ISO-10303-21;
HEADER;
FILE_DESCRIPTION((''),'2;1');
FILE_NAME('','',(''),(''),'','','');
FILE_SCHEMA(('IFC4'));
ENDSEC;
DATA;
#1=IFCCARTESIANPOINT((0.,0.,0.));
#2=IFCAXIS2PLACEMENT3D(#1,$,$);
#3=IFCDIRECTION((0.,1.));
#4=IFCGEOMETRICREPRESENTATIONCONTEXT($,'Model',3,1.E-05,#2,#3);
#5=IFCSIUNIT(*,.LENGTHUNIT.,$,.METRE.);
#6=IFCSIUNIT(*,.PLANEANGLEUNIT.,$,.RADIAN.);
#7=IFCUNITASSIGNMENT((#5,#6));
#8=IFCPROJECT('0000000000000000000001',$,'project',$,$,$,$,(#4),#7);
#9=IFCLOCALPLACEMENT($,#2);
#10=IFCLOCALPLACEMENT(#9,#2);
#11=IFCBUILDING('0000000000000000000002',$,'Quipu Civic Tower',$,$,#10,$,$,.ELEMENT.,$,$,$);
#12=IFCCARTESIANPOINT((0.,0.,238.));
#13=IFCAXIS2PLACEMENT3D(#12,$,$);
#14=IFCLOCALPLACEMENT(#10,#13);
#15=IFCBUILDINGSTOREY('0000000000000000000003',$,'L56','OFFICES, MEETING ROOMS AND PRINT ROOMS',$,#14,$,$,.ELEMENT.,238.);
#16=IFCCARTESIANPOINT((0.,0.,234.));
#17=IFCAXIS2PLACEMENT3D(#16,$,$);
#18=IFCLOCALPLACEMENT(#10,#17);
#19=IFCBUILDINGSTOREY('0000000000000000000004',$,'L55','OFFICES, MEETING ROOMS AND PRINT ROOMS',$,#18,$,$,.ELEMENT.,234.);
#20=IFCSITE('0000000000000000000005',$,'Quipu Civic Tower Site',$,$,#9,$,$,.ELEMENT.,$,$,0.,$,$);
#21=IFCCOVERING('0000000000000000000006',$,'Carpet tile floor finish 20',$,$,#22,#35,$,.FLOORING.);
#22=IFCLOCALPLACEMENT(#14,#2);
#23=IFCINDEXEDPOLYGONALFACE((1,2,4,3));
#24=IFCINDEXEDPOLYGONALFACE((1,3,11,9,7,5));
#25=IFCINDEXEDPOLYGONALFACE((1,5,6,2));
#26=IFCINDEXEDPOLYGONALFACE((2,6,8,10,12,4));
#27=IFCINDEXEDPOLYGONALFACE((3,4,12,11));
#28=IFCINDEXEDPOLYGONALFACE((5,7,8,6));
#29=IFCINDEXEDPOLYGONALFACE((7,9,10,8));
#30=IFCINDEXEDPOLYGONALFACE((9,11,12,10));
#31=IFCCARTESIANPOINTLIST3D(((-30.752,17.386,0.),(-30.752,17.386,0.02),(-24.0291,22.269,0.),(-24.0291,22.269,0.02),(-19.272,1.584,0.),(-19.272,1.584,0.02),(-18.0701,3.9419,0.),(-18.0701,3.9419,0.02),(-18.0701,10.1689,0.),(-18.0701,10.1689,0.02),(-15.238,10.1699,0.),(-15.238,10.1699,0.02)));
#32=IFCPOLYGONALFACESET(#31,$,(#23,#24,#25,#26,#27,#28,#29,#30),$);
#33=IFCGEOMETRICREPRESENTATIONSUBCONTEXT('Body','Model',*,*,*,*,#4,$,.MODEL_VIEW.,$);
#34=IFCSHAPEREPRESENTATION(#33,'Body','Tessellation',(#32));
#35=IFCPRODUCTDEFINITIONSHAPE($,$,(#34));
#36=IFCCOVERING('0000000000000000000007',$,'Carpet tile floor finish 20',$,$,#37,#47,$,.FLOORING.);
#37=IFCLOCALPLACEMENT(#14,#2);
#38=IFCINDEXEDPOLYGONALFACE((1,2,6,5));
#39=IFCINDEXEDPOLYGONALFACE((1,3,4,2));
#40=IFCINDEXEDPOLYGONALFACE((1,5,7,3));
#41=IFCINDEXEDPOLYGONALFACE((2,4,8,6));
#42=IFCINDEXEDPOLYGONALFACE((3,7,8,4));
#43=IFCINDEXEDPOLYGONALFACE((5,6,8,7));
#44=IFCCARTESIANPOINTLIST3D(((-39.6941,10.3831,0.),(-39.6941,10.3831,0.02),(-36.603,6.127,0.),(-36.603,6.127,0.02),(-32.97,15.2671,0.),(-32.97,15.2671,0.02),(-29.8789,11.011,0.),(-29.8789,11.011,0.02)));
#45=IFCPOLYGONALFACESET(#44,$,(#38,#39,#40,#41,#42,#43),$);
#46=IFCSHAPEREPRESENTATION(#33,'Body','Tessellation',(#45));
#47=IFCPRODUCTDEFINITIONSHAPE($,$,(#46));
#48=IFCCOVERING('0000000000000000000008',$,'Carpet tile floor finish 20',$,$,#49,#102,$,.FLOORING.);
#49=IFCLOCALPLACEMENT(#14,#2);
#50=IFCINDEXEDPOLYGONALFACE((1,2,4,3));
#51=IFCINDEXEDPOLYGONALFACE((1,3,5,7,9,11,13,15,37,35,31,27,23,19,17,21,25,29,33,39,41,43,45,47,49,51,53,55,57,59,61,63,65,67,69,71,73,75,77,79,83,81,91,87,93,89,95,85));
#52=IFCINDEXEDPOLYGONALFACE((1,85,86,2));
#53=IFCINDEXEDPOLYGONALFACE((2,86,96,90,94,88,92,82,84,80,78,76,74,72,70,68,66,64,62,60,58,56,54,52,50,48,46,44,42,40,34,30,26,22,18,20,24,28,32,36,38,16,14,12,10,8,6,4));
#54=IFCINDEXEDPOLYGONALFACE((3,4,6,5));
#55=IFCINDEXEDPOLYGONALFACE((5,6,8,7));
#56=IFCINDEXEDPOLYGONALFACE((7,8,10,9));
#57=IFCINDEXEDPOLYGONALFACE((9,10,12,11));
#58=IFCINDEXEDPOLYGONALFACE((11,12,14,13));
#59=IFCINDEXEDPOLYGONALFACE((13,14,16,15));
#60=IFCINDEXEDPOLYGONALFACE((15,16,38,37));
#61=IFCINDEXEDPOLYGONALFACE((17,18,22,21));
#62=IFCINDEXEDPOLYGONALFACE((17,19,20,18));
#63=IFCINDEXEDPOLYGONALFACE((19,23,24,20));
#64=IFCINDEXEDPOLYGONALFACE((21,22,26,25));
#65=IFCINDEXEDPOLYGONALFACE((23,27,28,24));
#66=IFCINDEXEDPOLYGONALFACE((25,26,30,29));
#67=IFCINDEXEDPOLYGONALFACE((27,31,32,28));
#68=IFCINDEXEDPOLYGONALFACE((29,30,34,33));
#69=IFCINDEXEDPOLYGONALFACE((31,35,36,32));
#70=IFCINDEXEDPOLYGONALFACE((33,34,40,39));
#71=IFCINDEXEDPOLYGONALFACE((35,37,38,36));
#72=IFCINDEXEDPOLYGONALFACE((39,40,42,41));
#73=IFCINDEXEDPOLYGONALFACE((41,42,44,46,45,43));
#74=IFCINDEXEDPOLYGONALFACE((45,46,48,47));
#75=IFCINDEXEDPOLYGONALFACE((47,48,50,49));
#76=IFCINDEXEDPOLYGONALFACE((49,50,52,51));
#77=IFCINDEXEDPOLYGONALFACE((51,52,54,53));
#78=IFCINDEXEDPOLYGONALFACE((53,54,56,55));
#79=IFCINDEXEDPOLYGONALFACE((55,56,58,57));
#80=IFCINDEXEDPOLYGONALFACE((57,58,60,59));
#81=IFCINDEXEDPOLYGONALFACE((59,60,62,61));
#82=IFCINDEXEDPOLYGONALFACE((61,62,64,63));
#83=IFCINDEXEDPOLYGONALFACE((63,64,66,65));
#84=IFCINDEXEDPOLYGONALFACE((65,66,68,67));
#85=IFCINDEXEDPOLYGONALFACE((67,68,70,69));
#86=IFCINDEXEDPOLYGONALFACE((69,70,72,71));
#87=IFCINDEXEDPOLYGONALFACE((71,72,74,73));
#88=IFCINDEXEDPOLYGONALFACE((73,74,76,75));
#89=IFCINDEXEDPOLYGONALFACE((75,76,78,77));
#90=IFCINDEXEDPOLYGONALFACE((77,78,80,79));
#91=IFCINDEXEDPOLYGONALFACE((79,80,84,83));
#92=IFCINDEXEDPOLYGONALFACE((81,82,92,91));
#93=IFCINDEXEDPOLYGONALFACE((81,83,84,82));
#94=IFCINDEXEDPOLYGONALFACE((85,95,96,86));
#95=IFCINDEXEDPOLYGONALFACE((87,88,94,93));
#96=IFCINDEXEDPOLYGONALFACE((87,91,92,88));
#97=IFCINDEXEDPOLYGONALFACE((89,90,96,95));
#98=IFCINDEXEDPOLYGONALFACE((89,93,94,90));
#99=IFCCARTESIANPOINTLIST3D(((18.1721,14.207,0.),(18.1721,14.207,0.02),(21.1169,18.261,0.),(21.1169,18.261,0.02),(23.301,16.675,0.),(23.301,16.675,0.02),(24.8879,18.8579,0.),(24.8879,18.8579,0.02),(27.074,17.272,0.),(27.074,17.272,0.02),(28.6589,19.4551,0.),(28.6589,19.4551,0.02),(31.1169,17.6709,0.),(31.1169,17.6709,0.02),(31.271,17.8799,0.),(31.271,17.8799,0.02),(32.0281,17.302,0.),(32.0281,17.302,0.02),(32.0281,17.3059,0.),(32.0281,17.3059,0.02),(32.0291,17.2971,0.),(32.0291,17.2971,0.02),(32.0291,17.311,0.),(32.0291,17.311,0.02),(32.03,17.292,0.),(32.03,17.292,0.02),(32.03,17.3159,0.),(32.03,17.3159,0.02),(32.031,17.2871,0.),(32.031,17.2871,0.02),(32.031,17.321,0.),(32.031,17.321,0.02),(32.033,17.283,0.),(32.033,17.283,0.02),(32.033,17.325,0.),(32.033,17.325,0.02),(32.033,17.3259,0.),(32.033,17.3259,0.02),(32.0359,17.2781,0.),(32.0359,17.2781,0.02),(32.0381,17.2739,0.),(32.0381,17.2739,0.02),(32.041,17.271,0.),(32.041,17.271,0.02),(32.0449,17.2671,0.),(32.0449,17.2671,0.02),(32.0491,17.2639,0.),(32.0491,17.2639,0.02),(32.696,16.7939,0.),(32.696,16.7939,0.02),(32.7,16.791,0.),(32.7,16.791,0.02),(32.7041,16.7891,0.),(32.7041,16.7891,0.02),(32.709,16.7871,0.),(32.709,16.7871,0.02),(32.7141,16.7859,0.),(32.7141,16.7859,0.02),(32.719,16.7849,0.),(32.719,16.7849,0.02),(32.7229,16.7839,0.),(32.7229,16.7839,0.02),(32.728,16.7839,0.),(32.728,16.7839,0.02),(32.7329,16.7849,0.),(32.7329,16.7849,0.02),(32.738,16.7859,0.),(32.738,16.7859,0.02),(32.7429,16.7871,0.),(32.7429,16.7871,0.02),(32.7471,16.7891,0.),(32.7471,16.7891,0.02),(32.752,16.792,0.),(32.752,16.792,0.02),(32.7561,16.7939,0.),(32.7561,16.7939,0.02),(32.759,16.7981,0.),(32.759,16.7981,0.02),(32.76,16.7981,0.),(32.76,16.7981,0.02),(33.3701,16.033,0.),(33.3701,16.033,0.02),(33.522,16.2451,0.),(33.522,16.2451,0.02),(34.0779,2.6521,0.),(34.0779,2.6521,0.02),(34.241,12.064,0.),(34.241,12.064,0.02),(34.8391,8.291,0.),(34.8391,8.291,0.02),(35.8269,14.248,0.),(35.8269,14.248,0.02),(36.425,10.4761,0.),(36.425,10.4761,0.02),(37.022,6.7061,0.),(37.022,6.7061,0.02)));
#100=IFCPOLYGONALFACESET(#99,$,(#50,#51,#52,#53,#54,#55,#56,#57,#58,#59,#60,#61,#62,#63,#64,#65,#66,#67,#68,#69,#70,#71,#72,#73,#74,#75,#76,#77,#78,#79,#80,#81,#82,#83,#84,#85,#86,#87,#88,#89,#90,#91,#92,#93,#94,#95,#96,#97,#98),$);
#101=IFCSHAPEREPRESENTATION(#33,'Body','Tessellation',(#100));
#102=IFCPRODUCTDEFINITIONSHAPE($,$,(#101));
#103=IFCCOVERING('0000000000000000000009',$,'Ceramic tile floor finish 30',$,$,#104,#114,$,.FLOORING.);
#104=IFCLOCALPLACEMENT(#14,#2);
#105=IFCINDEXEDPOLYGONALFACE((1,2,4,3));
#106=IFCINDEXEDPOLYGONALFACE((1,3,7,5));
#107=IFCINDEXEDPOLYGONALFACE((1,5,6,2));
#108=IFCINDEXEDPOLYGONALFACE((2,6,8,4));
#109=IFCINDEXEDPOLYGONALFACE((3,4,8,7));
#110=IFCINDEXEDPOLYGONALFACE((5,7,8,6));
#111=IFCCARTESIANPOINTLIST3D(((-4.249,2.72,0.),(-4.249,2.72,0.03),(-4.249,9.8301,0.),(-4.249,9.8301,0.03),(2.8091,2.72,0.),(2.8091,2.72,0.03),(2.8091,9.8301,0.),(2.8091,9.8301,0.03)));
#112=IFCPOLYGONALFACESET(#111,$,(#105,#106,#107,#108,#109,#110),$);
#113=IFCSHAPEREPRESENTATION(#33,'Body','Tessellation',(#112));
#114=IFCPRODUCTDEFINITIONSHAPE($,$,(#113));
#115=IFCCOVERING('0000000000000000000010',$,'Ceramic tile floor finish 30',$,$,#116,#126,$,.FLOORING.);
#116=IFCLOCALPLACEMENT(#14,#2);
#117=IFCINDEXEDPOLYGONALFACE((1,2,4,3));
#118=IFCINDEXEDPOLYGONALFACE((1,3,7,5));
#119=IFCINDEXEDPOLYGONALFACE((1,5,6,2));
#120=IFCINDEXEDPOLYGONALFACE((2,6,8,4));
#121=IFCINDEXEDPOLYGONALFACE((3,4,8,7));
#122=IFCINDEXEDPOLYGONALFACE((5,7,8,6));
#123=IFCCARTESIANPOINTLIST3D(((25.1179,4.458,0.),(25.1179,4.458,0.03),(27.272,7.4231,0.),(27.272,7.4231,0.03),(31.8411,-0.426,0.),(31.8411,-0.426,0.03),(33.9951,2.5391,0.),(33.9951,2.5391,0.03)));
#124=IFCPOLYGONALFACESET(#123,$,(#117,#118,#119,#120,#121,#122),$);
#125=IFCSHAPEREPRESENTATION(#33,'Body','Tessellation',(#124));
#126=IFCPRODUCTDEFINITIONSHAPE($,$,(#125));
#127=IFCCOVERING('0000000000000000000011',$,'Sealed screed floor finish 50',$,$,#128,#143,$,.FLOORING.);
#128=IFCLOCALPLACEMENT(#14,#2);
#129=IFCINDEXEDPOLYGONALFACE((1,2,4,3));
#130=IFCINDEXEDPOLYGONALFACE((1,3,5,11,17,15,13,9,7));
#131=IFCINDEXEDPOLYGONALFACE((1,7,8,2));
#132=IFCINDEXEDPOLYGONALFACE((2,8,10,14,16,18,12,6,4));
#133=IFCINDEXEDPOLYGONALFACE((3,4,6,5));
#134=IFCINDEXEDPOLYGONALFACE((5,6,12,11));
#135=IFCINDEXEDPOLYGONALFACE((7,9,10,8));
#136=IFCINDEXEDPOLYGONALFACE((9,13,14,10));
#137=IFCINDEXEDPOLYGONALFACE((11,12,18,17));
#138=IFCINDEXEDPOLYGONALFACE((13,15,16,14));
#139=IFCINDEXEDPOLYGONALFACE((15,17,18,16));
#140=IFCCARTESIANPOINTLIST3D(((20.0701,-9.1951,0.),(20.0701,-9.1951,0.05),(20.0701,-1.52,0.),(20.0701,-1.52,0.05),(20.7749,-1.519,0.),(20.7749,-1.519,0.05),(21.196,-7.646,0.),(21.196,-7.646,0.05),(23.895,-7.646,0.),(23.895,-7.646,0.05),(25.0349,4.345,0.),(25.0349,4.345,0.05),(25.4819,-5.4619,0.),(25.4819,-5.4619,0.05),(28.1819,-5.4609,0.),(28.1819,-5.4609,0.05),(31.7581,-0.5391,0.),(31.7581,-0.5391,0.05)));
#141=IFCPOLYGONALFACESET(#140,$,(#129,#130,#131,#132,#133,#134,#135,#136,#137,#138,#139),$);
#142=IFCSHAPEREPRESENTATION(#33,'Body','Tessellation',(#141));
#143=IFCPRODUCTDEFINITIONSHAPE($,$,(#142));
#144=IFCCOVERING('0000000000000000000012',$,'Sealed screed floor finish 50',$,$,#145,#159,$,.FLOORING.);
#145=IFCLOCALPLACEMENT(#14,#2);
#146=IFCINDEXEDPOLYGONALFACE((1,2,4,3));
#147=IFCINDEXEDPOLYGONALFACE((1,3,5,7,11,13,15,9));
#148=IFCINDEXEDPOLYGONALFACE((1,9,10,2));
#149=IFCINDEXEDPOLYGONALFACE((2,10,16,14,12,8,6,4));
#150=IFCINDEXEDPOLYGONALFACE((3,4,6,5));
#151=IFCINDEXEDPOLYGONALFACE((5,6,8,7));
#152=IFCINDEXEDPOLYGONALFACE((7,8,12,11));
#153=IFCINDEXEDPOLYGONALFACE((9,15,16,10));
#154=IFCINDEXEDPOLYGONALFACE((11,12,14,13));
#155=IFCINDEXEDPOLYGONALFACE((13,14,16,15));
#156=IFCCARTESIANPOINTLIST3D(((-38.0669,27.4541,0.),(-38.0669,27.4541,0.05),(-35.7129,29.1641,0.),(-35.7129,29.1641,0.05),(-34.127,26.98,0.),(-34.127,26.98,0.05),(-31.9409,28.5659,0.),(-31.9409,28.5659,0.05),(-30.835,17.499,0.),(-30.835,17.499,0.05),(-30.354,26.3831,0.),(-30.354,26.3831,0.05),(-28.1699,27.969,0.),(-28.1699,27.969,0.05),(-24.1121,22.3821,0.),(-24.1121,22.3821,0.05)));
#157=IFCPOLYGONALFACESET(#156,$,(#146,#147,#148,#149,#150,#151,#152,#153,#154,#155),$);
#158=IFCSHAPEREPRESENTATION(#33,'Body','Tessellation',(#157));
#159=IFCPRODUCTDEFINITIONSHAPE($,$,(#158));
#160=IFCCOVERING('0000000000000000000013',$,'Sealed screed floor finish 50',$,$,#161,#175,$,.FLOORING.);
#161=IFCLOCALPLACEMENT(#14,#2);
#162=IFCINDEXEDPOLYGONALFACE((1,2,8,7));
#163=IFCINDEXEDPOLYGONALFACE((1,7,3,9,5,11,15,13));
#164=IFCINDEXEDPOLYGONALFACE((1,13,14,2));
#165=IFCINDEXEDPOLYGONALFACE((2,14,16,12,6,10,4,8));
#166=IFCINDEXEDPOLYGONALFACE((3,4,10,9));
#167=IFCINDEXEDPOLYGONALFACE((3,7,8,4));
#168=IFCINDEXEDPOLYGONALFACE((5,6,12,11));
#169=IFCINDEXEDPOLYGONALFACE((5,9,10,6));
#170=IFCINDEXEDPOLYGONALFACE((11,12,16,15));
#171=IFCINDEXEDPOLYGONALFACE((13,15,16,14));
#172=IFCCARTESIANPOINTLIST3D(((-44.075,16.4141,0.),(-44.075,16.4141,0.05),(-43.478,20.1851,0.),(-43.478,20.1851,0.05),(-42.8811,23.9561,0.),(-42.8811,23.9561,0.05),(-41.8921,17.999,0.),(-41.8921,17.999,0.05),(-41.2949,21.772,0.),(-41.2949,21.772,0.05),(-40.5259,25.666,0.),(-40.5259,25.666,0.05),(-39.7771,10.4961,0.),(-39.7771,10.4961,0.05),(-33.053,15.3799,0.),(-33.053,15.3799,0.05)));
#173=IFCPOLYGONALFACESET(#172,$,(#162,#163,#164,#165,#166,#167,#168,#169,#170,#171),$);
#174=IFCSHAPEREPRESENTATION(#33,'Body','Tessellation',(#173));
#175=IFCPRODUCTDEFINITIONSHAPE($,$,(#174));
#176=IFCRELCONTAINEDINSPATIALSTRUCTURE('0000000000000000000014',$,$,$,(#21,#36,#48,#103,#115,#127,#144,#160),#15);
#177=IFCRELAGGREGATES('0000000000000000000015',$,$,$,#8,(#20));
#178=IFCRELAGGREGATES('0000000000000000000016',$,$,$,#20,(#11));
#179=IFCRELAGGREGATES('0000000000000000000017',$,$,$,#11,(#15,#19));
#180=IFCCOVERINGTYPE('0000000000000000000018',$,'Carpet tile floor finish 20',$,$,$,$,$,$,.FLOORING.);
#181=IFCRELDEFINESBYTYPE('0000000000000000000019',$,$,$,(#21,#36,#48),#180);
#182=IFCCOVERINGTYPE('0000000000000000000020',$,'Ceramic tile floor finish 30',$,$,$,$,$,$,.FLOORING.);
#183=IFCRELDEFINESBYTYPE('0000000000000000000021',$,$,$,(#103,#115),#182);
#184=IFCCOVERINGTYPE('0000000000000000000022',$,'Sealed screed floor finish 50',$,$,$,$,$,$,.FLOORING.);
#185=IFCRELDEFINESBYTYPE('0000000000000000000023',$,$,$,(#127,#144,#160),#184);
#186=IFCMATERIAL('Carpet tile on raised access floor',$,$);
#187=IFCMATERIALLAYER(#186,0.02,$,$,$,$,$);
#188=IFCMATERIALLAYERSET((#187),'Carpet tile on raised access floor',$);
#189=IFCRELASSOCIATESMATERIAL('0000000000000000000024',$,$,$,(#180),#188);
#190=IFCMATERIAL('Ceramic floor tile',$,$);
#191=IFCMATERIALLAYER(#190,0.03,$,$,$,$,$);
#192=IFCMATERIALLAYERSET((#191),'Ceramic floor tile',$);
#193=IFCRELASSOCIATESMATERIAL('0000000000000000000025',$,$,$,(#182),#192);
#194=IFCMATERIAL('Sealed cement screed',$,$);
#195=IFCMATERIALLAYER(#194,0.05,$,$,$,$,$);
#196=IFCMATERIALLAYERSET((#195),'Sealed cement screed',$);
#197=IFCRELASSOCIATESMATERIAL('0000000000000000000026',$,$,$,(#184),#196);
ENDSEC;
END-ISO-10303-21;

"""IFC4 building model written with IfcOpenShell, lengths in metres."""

from ifc_helpers import new_model, si_unit, direction, frame, origin, place, context, subcontext, project, spatial, polyline, outline, extrude, material, layer, layer_set, type_object, element, save


model = new_model("IFC4")

# Units and contexts
model_context = context("Model", 3, precision=1e-05, world=origin(), true_north=direction((0.0, 1.0)))
body_context = subcontext(model_context, "Body", "Model", "MODEL_VIEW")
ifc_project = project(units=[si_unit("LENGTHUNIT", "METRE"), si_unit("PLANEANGLEUNIT", "RADIAN")], contexts=[model_context])

# Site, building, storey
site_placement = place(None, origin())
site = spatial("IfcSite", under=ifc_project, at=site_placement, Name="Quipu Civic Tower Site", CompositionType="ELEMENT", RefElevation=0.0)
building_placement = place(site_placement, origin())
building = spatial("IfcBuilding", under=site, at=building_placement, Name="Quipu Civic Tower", CompositionType="ELEMENT")
storey_1_placement = place(building_placement, frame((0.0, 0.0, 238.0)))
storey_1 = spatial("IfcBuildingStorey", under=building, at=storey_1_placement, Name="L56", Description="OFFICES, MEETING ROOMS AND PRINT ROOMS", CompositionType="ELEMENT", Elevation=238.0)

# Shared definitions
storey_2_placement = place(building_placement, frame((0.0, 0.0, 234.0)))
storey_2 = spatial("IfcBuildingStorey", under=building, at=storey_2_placement, Name="L55", Description="OFFICES, MEETING ROOMS AND PRINT ROOMS", CompositionType="ELEMENT", Elevation=234.0)

# Coverings
ifc_material_1 = material(Name="Carpet tile on raised access floor")
ifc_layer_1 = layer(ifc_material_1, 0.02)
ifc_layer_set_1 = layer_set([ifc_layer_1], Name="Carpet tile on raised access floor")
covering_type_1 = type_object("IfcCoveringType", Name="Carpet tile floor finish 20", PredefinedType="FLOORING", material=ifc_layer_set_1)
covering_1_placement = place(storey_1_placement, origin())
element("IfcCovering", 1, at=covering_1_placement, inside=storey_1, type_object=covering_type_1, Name="Carpet tile floor finish 20", PredefinedType="FLOORING", context=body_context, shape_type="SweptSolid", body=[
    extrude(outline(polyline([(-30.752, 17.386), (-24.0291, 22.269), (-15.238, 10.1699), (-18.0701, 10.1689), (-18.0701, 3.9419), (-19.272, 1.584), (-30.752, 17.386)])), origin(), (0.0, 0.0, 1.0), 0.02),
])
covering_2_placement = place(storey_1_placement, origin())
element("IfcCovering", 2, at=covering_2_placement, inside=storey_1, type_object=covering_type_1, Name="Carpet tile floor finish 20", PredefinedType="FLOORING", context=body_context, shape_type="SweptSolid", body=[
    extrude(outline(polyline([(-39.6941, 10.3831), (-32.97, 15.2671), (-29.8789, 11.011), (-36.603, 6.127), (-39.6941, 10.3831)])), origin(), (0.0, 0.0, 1.0), 0.02),
])
covering_3_placement = place(storey_1_placement, origin())
element("IfcCovering", 3, at=covering_3_placement, inside=storey_1, type_object=covering_type_1, Name="Carpet tile floor finish 20", PredefinedType="FLOORING", context=body_context, shape_type="SweptSolid", body=[
    extrude(outline(polyline([(18.1721, 14.207), (21.1169, 18.261), (23.301, 16.675), (24.8879, 18.8579), (27.074, 17.272), (28.6589, 19.4551), (31.1169, 17.6709), (31.271, 17.8799), (32.033, 17.3259), (32.033, 17.325), (32.031, 17.321), (32.03, 17.3159), (32.0291, 17.311), (32.0281, 17.3059), (32.0281, 17.302), (32.0291, 17.2971), (32.03, 17.292), (32.031, 17.2871), (32.033, 17.283), (32.0359, 17.2781), (32.0381, 17.2739), (32.041, 17.271), (32.0449, 17.2671), (32.0491, 17.2639), (32.696, 16.7939), (32.7, 16.791), (32.7041, 16.7891), (32.709, 16.7871), (32.7141, 16.7859), (32.719, 16.7849), (32.7229, 16.7839), (32.728, 16.7839), (32.7329, 16.7849), (32.738, 16.7859), (32.7429, 16.7871), (32.7471, 16.7891), (32.752, 16.792), (32.7561, 16.7939), (32.759, 16.7981), (32.76, 16.7981), (33.522, 16.2451), (33.3701, 16.033), (35.8269, 14.248), (34.241, 12.064), (36.425, 10.4761), (34.8391, 8.291), (37.022, 6.7061), (34.0779, 2.6521), (18.1721, 14.207)])), origin(), (0.0, 0.0, 1.0), 0.02),
])
ifc_material_2 = material(Name="Ceramic floor tile")
ifc_layer_2 = layer(ifc_material_2, 0.03)
ifc_layer_set_2 = layer_set([ifc_layer_2], Name="Ceramic floor tile")
covering_type_2 = type_object("IfcCoveringType", Name="Ceramic tile floor finish 30", PredefinedType="FLOORING", material=ifc_layer_set_2)
covering_4_placement = place(storey_1_placement, origin())
element("IfcCovering", 4, at=covering_4_placement, inside=storey_1, type_object=covering_type_2, Name="Ceramic tile floor finish 30", PredefinedType="FLOORING", context=body_context, shape_type="SweptSolid", body=[
    extrude(outline(polyline([(-4.249, 2.72), (-4.249, 9.8301), (2.8091, 9.8301), (2.8091, 2.72), (-4.249, 2.72)])), origin(), (0.0, 0.0, 1.0), 0.03),
])
covering_5_placement = place(storey_1_placement, origin())
element("IfcCovering", 5, at=covering_5_placement, inside=storey_1, type_object=covering_type_2, Name="Ceramic tile floor finish 30", PredefinedType="FLOORING", context=body_context, shape_type="SweptSolid", body=[
    extrude(outline(polyline([(25.1179, 4.458), (27.272, 7.4231), (33.9951, 2.5391), (31.8411, -0.426), (25.1179, 4.458)])), origin(), (0.0, 0.0, 1.0), 0.03),
])
ifc_material_3 = material(Name="Sealed cement screed")
ifc_layer_3 = layer(ifc_material_3, 0.05)
ifc_layer_set_3 = layer_set([ifc_layer_3], Name="Sealed cement screed")
covering_type_3 = type_object("IfcCoveringType", Name="Sealed screed floor finish 50", PredefinedType="FLOORING", material=ifc_layer_set_3)
covering_6_placement = place(storey_1_placement, origin())
element("IfcCovering", 6, at=covering_6_placement, inside=storey_1, type_object=covering_type_3, Name="Sealed screed floor finish 50", PredefinedType="FLOORING", context=body_context, shape_type="SweptSolid", body=[
    extrude(outline(polyline([(20.0701, -9.1951), (20.0701, -1.52), (20.7749, -1.519), (25.0349, 4.345), (31.7581, -0.5391), (28.1819, -5.4609), (25.4819, -5.4619), (23.895, -7.646), (21.196, -7.646), (20.0701, -9.1951)])), origin(), (0.0, 0.0, 1.0), 0.05),
])
covering_7_placement = place(storey_1_placement, origin())
element("IfcCovering", 7, at=covering_7_placement, inside=storey_1, type_object=covering_type_3, Name="Sealed screed floor finish 50", PredefinedType="FLOORING", context=body_context, shape_type="SweptSolid", body=[
    extrude(outline(polyline([(-38.0669, 27.4541), (-35.7129, 29.1641), (-34.127, 26.98), (-31.9409, 28.5659), (-30.354, 26.3831), (-28.1699, 27.969), (-24.1121, 22.3821), (-30.835, 17.499), (-38.0669, 27.4541)])), origin(), (0.0, 0.0, 1.0), 0.05),
])
covering_8_placement = place(storey_1_placement, origin())
element("IfcCovering", 8, at=covering_8_placement, inside=storey_1, type_object=covering_type_3, Name="Sealed screed floor finish 50", PredefinedType="FLOORING", context=body_context, shape_type="SweptSolid", body=[
    extrude(outline(polyline([(-44.075, 16.4141), (-41.8921, 17.999), (-43.478, 20.1851), (-41.2949, 21.772), (-42.8811, 23.9561), (-40.5259, 25.666), (-33.053, 15.3799), (-39.7771, 10.4961), (-44.075, 16.4141)])), origin(), (0.0, 0.0, 1.0), 0.05),
])

save(model, "model.ifc")
